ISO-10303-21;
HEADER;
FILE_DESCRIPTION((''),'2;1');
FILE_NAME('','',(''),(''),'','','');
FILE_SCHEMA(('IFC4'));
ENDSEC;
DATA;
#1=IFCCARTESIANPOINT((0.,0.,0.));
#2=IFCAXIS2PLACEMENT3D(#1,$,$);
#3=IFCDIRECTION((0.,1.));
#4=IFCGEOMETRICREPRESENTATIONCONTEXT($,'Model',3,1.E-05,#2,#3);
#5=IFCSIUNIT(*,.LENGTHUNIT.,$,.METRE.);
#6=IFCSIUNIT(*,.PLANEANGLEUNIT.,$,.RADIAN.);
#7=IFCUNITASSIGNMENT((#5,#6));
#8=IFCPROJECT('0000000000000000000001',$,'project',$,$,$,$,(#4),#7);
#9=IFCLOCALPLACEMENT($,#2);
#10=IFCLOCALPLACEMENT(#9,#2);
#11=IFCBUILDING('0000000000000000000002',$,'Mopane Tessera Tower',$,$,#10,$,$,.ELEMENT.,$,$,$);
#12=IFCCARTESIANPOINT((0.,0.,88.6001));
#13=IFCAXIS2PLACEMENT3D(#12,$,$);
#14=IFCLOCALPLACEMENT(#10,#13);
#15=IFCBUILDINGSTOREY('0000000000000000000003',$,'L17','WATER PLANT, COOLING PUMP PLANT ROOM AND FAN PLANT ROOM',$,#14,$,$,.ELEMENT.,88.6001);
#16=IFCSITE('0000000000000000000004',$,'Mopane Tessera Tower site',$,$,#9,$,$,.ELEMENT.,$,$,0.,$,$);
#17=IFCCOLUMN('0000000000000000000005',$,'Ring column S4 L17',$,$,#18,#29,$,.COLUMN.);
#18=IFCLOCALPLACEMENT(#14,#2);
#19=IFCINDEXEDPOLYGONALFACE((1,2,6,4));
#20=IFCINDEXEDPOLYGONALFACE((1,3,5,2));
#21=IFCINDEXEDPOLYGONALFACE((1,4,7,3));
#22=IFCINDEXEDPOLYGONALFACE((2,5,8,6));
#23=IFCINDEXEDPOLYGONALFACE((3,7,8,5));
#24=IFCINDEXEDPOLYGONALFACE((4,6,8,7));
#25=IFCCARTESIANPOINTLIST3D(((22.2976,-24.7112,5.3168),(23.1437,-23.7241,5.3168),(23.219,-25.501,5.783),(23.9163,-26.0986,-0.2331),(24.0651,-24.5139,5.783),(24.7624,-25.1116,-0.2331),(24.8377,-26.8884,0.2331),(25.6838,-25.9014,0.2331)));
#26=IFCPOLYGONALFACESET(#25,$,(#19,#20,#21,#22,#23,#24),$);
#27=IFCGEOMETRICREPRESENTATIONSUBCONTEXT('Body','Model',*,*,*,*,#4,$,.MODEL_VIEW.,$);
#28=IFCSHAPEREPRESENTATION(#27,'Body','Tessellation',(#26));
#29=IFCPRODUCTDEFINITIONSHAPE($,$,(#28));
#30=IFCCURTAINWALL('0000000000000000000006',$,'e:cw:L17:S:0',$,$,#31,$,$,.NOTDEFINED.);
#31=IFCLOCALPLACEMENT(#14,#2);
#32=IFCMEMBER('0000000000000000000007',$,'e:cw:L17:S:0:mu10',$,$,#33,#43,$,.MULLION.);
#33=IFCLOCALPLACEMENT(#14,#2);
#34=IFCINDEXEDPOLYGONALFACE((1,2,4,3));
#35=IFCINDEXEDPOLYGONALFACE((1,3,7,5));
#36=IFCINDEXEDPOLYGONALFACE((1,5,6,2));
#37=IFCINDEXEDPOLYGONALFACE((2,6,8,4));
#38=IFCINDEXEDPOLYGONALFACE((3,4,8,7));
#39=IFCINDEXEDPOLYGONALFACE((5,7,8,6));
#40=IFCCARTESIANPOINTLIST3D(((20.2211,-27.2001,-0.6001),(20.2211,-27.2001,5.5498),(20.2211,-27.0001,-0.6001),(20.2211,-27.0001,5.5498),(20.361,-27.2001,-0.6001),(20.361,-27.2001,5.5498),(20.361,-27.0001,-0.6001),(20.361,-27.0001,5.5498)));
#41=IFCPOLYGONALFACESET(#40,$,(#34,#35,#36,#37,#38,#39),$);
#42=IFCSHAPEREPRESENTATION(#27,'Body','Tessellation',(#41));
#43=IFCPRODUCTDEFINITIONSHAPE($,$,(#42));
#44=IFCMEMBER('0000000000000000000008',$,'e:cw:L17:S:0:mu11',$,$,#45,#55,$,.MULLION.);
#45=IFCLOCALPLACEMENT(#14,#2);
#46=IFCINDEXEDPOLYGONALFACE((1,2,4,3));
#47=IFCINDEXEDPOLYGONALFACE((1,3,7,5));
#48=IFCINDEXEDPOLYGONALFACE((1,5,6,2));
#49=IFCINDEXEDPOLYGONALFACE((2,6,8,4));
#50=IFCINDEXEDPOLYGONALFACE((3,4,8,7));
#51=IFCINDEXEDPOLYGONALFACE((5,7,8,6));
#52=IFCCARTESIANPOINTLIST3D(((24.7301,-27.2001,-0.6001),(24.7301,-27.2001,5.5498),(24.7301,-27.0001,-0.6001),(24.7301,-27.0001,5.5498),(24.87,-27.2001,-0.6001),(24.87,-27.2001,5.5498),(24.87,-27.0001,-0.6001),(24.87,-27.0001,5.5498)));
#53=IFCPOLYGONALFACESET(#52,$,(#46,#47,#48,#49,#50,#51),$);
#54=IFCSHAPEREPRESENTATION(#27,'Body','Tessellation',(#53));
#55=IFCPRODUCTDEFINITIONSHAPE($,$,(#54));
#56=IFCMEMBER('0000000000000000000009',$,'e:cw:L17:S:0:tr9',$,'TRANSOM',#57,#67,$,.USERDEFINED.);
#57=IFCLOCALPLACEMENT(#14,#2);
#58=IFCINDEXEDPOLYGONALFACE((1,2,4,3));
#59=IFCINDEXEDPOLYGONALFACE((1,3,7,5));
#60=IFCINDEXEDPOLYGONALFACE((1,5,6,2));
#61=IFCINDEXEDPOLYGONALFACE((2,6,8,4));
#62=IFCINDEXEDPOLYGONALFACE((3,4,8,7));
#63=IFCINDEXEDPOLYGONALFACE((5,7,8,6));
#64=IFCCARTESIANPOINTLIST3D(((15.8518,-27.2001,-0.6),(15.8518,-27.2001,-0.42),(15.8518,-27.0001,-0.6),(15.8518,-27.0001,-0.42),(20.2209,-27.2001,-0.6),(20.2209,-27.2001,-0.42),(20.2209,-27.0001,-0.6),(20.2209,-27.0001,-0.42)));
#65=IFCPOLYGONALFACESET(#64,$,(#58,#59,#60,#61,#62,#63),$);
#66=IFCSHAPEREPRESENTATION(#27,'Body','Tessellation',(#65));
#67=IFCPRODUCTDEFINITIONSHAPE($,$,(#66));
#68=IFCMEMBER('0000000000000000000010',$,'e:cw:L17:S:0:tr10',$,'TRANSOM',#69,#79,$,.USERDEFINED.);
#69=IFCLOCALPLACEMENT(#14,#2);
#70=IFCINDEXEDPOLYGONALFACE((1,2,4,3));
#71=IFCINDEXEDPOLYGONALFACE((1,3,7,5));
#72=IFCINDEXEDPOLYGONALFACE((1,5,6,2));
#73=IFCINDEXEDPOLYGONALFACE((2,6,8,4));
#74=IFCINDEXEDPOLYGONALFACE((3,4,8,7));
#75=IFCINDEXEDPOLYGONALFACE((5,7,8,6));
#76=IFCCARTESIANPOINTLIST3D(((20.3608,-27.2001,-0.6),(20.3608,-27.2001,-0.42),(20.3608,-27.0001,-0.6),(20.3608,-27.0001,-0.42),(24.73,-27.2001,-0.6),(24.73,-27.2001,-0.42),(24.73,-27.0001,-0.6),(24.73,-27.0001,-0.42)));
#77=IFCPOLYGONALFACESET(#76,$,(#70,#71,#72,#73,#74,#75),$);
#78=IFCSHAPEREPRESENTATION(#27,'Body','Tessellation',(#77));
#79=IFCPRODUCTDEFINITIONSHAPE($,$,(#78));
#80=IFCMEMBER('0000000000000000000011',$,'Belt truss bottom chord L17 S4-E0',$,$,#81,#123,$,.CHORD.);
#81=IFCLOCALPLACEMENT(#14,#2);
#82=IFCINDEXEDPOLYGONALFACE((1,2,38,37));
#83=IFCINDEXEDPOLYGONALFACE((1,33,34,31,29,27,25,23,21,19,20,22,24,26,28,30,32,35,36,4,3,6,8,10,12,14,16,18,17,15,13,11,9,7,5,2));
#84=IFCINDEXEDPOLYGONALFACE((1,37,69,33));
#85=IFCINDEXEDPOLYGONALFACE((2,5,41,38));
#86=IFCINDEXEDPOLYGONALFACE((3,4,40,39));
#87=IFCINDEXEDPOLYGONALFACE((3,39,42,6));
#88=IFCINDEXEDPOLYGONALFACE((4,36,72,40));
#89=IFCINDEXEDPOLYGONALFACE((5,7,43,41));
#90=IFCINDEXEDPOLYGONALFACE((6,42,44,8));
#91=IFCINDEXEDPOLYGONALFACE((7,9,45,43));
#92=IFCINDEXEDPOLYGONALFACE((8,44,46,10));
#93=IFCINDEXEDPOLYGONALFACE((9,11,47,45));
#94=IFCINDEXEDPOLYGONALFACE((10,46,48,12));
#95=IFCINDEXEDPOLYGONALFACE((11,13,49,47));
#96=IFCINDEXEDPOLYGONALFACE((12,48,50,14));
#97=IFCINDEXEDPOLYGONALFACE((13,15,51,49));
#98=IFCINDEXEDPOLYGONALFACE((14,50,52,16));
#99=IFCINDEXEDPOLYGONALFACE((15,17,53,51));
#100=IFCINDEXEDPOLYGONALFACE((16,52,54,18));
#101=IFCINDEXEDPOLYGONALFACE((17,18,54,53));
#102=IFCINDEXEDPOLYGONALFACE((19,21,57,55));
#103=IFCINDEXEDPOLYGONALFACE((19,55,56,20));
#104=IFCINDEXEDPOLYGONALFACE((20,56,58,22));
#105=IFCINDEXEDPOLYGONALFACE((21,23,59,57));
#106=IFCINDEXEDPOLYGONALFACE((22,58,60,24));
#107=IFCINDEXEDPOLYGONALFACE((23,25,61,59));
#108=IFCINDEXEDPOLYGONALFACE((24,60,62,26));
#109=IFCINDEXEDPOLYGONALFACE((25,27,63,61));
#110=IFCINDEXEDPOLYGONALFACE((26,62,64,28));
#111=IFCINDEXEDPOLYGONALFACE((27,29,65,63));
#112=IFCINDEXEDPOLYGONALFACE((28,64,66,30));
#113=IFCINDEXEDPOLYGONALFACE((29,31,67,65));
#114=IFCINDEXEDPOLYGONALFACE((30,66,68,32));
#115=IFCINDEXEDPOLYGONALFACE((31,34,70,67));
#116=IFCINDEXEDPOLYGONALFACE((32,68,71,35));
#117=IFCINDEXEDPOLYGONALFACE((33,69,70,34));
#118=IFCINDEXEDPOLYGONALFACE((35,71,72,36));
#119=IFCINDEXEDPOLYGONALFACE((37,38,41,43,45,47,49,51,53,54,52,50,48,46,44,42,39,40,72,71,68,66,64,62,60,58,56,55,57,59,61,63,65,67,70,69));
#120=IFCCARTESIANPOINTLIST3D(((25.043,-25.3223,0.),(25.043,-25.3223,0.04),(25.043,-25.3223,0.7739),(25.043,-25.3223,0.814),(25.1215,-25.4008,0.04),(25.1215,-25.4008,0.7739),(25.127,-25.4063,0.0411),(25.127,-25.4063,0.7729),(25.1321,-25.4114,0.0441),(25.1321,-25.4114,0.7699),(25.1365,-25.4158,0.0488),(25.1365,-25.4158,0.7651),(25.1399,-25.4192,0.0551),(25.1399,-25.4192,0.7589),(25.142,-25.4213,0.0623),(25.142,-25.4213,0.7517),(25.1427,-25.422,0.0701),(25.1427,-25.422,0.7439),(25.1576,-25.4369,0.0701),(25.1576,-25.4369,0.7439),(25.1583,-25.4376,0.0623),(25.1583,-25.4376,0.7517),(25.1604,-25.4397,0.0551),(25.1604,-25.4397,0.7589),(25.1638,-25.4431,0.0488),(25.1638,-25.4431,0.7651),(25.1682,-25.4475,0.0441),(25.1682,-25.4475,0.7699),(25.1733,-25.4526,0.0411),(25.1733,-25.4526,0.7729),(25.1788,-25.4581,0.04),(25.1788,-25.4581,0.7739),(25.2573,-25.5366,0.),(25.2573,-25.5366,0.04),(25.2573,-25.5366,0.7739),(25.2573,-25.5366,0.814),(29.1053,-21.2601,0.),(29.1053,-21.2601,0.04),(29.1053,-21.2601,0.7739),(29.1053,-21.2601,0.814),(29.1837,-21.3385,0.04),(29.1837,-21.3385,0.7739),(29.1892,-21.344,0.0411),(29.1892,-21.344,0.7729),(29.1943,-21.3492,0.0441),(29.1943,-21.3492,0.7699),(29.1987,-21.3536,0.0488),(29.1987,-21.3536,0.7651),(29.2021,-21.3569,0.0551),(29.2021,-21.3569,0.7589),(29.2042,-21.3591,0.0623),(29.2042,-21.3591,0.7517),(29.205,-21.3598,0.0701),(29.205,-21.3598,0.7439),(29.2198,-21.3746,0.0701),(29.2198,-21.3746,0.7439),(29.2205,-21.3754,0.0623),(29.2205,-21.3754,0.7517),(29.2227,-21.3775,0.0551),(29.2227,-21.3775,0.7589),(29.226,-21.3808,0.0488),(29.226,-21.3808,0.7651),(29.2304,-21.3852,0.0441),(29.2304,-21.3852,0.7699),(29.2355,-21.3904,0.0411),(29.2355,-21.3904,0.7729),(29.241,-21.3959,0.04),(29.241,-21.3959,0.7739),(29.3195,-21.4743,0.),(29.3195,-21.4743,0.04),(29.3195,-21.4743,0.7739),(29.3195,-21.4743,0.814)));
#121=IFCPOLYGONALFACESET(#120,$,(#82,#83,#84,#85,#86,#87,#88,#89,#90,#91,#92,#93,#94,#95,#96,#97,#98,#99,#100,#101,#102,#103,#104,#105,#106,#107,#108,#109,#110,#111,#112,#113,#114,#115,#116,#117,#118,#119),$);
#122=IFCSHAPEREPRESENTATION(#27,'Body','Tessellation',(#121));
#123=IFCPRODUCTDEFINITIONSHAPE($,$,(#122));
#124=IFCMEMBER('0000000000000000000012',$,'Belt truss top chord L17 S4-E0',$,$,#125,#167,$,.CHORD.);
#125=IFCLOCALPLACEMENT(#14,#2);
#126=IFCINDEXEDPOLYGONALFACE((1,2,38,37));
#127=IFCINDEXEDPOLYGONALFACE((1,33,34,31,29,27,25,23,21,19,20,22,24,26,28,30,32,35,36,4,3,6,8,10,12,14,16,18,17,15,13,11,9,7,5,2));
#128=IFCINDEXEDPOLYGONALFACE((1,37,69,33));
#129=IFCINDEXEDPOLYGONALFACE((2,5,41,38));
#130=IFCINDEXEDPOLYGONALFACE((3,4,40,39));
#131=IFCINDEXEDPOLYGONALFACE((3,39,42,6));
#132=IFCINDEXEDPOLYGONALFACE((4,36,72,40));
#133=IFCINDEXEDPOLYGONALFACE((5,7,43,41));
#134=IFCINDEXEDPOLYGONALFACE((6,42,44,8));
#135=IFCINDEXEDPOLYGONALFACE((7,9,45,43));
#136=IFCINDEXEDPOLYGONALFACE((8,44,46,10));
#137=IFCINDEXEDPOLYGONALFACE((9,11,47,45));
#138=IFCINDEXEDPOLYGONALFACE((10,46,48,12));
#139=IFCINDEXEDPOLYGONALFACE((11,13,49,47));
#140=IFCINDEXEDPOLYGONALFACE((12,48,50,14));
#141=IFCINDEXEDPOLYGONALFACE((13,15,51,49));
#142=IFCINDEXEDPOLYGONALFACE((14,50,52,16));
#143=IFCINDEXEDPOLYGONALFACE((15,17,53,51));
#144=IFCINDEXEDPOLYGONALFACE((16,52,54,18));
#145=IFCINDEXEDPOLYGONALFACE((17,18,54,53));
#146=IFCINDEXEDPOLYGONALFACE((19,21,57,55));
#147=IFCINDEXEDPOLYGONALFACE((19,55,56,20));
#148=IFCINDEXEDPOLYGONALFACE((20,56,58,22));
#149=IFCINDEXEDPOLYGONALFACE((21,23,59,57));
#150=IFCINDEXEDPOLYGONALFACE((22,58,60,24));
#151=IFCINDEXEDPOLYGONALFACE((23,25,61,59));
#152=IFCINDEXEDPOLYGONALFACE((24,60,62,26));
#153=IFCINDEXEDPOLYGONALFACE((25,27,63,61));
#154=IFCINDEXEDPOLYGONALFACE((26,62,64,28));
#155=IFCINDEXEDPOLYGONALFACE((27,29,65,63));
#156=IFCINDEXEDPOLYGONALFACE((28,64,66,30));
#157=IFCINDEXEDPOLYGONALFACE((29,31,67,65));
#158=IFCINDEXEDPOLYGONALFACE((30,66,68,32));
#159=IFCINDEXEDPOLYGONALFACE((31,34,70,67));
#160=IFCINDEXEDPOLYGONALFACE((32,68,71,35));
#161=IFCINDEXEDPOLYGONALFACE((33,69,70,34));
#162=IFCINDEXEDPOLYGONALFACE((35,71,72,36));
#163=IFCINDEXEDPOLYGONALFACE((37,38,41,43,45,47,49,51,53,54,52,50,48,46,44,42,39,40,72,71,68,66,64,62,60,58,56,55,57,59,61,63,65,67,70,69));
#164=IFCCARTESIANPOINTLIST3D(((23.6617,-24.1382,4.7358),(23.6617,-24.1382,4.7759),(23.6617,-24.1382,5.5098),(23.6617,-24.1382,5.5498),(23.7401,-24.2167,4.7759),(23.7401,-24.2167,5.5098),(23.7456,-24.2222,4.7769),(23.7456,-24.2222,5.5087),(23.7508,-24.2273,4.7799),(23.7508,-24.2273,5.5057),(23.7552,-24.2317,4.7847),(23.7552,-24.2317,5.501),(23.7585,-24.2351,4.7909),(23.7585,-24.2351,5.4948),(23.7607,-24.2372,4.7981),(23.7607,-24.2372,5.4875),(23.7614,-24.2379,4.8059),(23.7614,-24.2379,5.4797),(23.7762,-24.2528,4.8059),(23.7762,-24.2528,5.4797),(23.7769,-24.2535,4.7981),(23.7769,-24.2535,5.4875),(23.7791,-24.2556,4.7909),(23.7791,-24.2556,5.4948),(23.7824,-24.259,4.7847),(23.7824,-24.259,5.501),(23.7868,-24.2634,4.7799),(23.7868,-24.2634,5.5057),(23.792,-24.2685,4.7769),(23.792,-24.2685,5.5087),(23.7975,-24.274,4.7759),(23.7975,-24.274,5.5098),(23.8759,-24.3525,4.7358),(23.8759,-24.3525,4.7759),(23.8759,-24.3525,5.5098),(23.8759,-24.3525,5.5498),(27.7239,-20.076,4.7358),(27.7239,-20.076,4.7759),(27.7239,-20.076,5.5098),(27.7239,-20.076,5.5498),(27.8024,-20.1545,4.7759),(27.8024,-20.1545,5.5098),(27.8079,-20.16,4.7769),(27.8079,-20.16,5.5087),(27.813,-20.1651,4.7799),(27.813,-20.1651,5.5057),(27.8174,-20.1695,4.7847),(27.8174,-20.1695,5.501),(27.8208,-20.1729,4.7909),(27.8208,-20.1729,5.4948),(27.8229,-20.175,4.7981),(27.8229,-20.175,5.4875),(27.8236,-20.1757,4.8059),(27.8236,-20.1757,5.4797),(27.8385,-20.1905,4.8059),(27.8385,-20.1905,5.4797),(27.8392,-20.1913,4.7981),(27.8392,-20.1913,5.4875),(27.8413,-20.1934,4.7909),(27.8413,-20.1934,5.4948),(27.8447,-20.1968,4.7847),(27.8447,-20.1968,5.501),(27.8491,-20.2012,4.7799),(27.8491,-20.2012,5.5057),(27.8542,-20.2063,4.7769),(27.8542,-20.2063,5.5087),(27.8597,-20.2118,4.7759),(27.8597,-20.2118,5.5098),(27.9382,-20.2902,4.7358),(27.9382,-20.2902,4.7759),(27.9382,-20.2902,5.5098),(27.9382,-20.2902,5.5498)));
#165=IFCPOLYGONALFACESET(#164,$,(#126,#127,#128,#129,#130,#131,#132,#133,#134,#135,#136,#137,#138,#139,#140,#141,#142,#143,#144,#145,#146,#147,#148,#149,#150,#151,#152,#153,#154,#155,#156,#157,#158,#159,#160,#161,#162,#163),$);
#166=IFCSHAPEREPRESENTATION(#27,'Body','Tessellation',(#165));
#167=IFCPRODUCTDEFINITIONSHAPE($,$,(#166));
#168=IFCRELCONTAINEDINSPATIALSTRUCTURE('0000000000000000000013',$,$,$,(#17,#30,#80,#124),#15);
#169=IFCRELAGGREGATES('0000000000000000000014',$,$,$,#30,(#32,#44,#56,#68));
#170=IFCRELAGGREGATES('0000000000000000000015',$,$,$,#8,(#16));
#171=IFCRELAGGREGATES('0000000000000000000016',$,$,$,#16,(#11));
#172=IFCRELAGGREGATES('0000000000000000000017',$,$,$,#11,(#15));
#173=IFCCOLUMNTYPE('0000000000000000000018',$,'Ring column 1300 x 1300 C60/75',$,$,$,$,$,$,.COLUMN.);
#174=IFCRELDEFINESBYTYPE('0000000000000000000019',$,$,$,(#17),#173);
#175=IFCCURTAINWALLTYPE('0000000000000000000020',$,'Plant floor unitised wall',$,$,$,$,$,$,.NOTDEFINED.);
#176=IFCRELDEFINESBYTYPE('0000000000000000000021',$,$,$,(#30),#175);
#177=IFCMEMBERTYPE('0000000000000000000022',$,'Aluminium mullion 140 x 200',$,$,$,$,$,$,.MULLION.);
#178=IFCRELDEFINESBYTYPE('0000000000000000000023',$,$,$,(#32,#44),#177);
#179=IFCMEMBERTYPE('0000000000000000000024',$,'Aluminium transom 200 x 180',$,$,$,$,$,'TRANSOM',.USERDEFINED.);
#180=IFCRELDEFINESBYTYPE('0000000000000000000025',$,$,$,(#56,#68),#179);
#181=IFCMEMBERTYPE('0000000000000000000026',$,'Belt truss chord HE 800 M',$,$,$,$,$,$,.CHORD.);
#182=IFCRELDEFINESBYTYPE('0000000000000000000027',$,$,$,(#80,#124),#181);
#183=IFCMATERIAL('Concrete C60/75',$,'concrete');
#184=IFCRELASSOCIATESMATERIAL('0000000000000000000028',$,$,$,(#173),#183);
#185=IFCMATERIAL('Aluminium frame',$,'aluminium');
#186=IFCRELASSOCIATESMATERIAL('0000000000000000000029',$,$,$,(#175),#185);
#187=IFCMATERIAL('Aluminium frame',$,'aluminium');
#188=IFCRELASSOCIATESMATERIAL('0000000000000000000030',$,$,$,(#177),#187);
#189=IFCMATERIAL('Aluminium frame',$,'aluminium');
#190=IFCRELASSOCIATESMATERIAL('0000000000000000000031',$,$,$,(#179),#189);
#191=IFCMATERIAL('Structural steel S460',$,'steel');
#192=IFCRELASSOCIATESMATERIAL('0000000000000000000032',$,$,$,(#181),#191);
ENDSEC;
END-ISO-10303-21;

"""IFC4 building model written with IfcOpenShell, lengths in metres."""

from ifc_helpers import new_model, si_unit, direction, frame, origin, origin_2d, place, context, subcontext, project, spatial, rectangle, i_section, extrude, material, material_profile, profile_set, type_object, element, aggregate, save


model = new_model("IFC4")

# Units and contexts
model_context = context("Model", 3, precision=1e-05, world=origin(), true_north=direction((0.0, 1.0)))
body_context = subcontext(model_context, "Body", "Model", "MODEL_VIEW")
ifc_project = project(units=[si_unit("LENGTHUNIT", "METRE"), si_unit("PLANEANGLEUNIT", "RADIAN")], contexts=[model_context])

# Site, building, storey
site_placement = place(None, origin())
site = spatial("IfcSite", under=ifc_project, at=site_placement, Name="Mopane Tessera Tower site", CompositionType="ELEMENT", RefElevation=0.0)
building_placement = place(site_placement, origin())
building = spatial("IfcBuilding", under=site, at=building_placement, Name="Mopane Tessera Tower", CompositionType="ELEMENT")
storey_placement = place(building_placement, frame((0.0, 0.0, 88.6001)))
storey = spatial("IfcBuildingStorey", under=building, at=storey_placement, Name="L17", Description="WATER PLANT, COOLING PUMP PLANT ROOM AND FAN PLANT ROOM", CompositionType="ELEMENT", Elevation=88.6001)

# Column
ifc_material_1 = material(Name="Concrete C60/75", Category="concrete")
ifc_material_profile_1 = material_profile(ifc_material_1, rectangle(XDim=1.3, YDim=1.3, at=origin_2d()))
ifc_profile_set_1 = profile_set([ifc_material_profile_1], Name="Concrete C60/75")
column_type = type_object("IfcColumnType", Name="Ring column 1300 x 1300 C60/75", PredefinedType="COLUMN", material=ifc_profile_set_1)
column_placement = place(storey_placement, frame((24.8, -26.0, 0.0), z_axis=(-0.272262, 0.233373, 0.933494), x_axis=(-0.650801, -0.759249, 0.0)))
element("IfcColumn", 1, at=column_placement, inside=storey, type_object=column_type, Name="Ring column S4 L17", PredefinedType="COLUMN", context=body_context, shape_type="SweptSolid", body=[
    extrude(rectangle(XDim=1.3, YDim=1.3, at=origin_2d()), origin(), (0.0, 0.0, 1.0), 5.9453),
])

# Curtain wall, members
ifc_material_2 = material(Name="Aluminium frame", Category="aluminium")
curtain_wall_type = type_object("IfcCurtainWallType", Name="Plant floor unitised wall", PredefinedType="NOTDEFINED", material=ifc_material_2)
curtain_wall_placement = place(storey_placement, origin())
curtain_wall = element("IfcCurtainWall", 2, at=curtain_wall_placement, inside=storey, type_object=curtain_wall_type, Name="e:cw:L17:S:0", PredefinedType="NOTDEFINED")
ifc_material_3 = material(Name="Aluminium frame", Category="aluminium")
ifc_material_profile_2 = material_profile(ifc_material_3, rectangle(XDim=0.1399, YDim=0.2, at=origin_2d()))
ifc_profile_set_2 = profile_set([ifc_material_profile_2], Name="Aluminium frame")
member_type_1 = type_object("IfcMemberType", Name="Aluminium mullion 140 x 200", PredefinedType="MULLION", material=ifc_profile_set_2)
member_1_placement = place(storey_placement, frame((20.291, -27.1001, -0.6001), z_axis=(0.0, 0.0, 1.0), x_axis=(1.0, 0.0, 0.0)))
member_1 = element("IfcMember", 3, at=member_1_placement, type_object=member_type_1, Name="e:cw:L17:S:0:mu10", PredefinedType="MULLION", context=body_context, shape_type="SweptSolid", body=[
    extrude(rectangle(XDim=0.1399, YDim=0.2, at=origin_2d()), origin(), (0.0, 0.0, 1.0), 6.1499),
])
member_2_placement = place(storey_placement, frame((24.8, -27.1001, -0.6001), z_axis=(0.0, 0.0, 1.0), x_axis=(1.0, 0.0, 0.0)))
member_2 = element("IfcMember", 4, at=member_2_placement, type_object=member_type_1, Name="e:cw:L17:S:0:mu11", PredefinedType="MULLION", context=body_context, shape_type="SweptSolid", body=[
    extrude(rectangle(XDim=0.1399, YDim=0.2, at=origin_2d()), origin(), (0.0, 0.0, 1.0), 6.1499),
])
ifc_material_4 = material(Name="Aluminium frame", Category="aluminium")
ifc_material_profile_3 = material_profile(ifc_material_4, rectangle(XDim=0.2, YDim=0.1799, at=origin_2d()))
ifc_profile_set_3 = profile_set([ifc_material_profile_3], Name="Aluminium frame")
member_type_2 = type_object("IfcMemberType", Name="Aluminium transom 200 x 180", ElementType="TRANSOM", PredefinedType="USERDEFINED", material=ifc_profile_set_3)
member_3_placement = place(storey_placement, frame((15.8518, -27.1001, -0.51), z_axis=(1.0, 0.0, 0.0), x_axis=(0.0, 1.0, 0.0)))
member_3 = element("IfcMember", 5, at=member_3_placement, type_object=member_type_2, Name="e:cw:L17:S:0:tr9", ObjectType="TRANSOM", PredefinedType="USERDEFINED", context=body_context, shape_type="SweptSolid", body=[
    extrude(rectangle(XDim=0.2, YDim=0.1799, at=origin_2d()), origin(), (0.0, 0.0, 1.0), 4.3691),
])
member_4_placement = place(storey_placement, frame((20.3608, -27.1001, -0.51), z_axis=(1.0, 0.0, 0.0), x_axis=(0.0, 1.0, 0.0)))
member_4 = element("IfcMember", 6, at=member_4_placement, type_object=member_type_2, Name="e:cw:L17:S:0:tr10", ObjectType="TRANSOM", PredefinedType="USERDEFINED", context=body_context, shape_type="SweptSolid", body=[
    extrude(rectangle(XDim=0.2, YDim=0.1799, at=origin_2d()), origin(), (0.0, 0.0, 1.0), 4.3691),
])

# Members
ifc_material_5 = material(Name="Structural steel S460", Category="steel")
ifc_material_profile_4 = material_profile(ifc_material_5, i_section(OverallWidth=0.303, OverallDepth=0.814, WebThickness=0.021, FlangeThickness=0.04, FilletRadius=0.03, at=origin_2d()))
ifc_profile_set_4 = profile_set([ifc_material_profile_4], Name="Structural steel S460")
member_type_3 = type_object("IfcMemberType", Name="Belt truss chord HE 800 M", PredefinedType="CHORD", material=ifc_profile_set_4)
for number, where, z_axis, x_axis, name in (
    (7, (25.1501, -25.4294, 0.407), (0.707107, 0.707107, 0.0), (-0.707107, 0.707107, 0.0), "Belt truss bottom chord L17 S4-E0"),
    (8, (23.7688, -24.2454, 5.1428), (0.707107, 0.707107, 0.0), (-0.707107, 0.707107, 0.0), "Belt truss top chord L17 S4-E0"),
):
    element("IfcMember", number, at=place(storey_placement, frame(where, z_axis=z_axis, x_axis=x_axis)), inside=storey, type_object=member_type_3, Name=name, PredefinedType="CHORD", context=body_context, shape_type="SweptSolid", body=[
        extrude(i_section(OverallWidth=0.303, OverallDepth=0.814, WebThickness=0.021, FlangeThickness=0.04, FilletRadius=0.03, at=origin_2d()), origin(), (0.0, 0.0, 1.0), 5.7449),
    ])

aggregate(curtain_wall, [member_1, member_2, member_3, member_4])

save(model, "model.ifc")
